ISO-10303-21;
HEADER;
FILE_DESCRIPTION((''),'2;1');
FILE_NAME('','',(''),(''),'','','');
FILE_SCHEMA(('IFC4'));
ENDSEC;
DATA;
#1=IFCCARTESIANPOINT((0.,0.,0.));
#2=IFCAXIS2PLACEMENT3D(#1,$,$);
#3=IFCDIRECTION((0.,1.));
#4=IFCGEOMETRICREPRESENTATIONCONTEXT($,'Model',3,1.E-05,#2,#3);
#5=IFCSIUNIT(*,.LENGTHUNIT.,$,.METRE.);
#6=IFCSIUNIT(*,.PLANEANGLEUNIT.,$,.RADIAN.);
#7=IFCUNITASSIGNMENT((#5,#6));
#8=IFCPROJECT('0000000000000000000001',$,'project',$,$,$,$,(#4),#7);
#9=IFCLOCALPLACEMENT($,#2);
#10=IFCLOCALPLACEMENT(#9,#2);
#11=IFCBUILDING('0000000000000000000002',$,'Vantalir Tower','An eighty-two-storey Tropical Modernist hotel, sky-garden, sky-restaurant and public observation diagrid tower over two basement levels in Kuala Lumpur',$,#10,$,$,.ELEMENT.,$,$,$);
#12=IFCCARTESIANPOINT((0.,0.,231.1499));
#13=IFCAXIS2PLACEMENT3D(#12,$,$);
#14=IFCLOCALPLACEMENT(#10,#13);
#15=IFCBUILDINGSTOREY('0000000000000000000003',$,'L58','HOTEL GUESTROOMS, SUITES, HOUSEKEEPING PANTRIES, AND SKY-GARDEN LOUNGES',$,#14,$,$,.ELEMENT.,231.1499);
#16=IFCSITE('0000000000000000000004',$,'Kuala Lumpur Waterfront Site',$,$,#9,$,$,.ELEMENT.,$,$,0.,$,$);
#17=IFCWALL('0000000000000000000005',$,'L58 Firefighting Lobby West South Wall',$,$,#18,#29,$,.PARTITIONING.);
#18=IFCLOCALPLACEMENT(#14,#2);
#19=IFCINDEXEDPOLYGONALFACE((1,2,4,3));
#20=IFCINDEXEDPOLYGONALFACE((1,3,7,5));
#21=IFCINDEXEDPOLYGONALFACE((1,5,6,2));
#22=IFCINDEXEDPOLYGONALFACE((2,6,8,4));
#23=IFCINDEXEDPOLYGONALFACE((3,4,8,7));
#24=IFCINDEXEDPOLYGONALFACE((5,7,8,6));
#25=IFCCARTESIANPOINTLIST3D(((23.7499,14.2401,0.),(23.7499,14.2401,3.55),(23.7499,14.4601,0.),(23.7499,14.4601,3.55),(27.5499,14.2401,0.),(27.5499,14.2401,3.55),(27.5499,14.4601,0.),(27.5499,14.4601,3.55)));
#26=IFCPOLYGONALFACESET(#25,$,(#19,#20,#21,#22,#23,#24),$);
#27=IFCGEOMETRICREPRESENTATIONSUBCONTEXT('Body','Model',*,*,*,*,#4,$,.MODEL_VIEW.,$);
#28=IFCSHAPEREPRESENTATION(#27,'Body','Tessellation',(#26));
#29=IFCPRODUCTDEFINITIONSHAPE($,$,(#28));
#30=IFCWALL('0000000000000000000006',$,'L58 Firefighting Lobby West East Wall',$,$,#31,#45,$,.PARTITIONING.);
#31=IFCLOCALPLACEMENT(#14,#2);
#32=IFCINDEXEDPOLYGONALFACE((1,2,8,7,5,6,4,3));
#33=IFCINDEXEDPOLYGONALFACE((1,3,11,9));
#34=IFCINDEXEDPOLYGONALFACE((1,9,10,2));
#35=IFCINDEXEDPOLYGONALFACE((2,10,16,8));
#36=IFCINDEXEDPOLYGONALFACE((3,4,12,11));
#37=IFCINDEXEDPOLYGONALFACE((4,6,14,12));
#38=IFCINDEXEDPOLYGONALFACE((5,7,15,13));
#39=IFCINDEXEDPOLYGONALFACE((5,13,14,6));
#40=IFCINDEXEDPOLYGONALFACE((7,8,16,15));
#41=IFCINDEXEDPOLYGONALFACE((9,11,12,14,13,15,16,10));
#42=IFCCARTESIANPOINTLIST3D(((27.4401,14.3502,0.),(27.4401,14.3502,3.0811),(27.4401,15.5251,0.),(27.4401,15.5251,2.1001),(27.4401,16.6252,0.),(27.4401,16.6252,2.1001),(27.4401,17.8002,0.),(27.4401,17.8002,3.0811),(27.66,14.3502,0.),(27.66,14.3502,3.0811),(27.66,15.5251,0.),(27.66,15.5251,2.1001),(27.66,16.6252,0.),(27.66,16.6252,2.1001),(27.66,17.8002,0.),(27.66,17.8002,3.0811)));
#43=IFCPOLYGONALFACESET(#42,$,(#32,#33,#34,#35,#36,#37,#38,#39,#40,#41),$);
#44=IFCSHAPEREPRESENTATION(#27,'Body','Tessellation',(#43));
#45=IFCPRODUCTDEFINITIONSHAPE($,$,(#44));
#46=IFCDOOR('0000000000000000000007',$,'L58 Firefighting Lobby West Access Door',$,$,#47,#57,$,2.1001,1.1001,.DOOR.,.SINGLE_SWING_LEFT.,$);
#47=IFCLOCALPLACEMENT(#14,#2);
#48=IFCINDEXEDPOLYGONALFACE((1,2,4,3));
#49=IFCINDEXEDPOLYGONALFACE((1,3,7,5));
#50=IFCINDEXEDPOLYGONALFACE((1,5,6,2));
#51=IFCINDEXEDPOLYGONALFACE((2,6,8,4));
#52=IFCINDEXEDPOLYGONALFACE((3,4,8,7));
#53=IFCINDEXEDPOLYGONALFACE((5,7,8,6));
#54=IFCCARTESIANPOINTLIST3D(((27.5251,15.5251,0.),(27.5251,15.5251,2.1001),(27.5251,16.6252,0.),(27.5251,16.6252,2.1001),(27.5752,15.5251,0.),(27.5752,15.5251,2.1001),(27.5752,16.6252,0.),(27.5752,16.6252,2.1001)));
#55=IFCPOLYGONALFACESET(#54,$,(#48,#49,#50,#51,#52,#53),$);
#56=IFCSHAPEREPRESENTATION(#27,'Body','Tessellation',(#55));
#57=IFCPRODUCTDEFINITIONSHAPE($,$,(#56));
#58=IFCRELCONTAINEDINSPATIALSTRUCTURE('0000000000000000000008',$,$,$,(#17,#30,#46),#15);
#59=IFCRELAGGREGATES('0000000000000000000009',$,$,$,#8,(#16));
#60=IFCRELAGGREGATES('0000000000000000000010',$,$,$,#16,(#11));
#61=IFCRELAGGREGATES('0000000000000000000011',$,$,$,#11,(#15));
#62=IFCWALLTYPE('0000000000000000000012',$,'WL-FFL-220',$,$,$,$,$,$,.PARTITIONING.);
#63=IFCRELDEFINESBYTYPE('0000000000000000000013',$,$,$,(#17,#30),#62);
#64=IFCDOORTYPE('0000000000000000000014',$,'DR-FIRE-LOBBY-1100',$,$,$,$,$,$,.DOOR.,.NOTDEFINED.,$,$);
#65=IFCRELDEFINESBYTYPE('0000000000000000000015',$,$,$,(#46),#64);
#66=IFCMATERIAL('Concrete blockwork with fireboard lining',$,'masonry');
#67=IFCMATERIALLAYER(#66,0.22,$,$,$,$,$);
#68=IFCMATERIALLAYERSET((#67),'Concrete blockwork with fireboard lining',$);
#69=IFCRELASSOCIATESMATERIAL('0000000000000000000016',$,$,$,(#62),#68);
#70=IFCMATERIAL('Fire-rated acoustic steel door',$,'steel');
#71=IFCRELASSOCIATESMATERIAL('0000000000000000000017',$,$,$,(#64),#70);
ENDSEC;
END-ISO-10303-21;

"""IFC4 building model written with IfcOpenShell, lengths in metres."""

from ifc_helpers import new_model, si_unit, direction, frame, frame_2d, origin, place, context, subcontext, project, spatial, rectangle, extrude, material, layer, layer_set, type_object, element, fill, save


model = new_model("IFC4")

# Units and contexts
model_context = context("Model", 3, precision=1e-05, world=origin(), true_north=direction((0.0, 1.0)))
body_context = subcontext(model_context, "Body", "Model", "MODEL_VIEW")
ifc_project = project(units=[si_unit("LENGTHUNIT", "METRE"), si_unit("PLANEANGLEUNIT", "RADIAN")], contexts=[model_context])

# Site, building, storey
site_placement = place(None, origin())
site = spatial("IfcSite", under=ifc_project, at=site_placement, Name="Kuala Lumpur Waterfront Site", CompositionType="ELEMENT", RefElevation=0.0)
building_placement = place(site_placement, origin())
building = spatial("IfcBuilding", under=site, at=building_placement, Name="Vantalir Tower", Description="An eighty-two-storey Tropical Modernist hotel, sky-garden, sky-restaurant and public observation diagrid tower over two basement levels in Kuala Lumpur", CompositionType="ELEMENT")
storey_placement = place(building_placement, frame((0.0, 0.0, 231.1499)))
storey = spatial("IfcBuildingStorey", under=building, at=storey_placement, Name="L58", Description="HOTEL GUESTROOMS, SUITES, HOUSEKEEPING PANTRIES, AND SKY-GARDEN LOUNGES", CompositionType="ELEMENT", Elevation=231.1499)

# Wall
ifc_material_1 = material(Name="Concrete blockwork with fireboard lining", Category="masonry")
ifc_layer_1 = layer(ifc_material_1, 0.22)
ifc_layer_set_1 = layer_set([ifc_layer_1], Name="Concrete blockwork with fireboard lining")
wall_type_1 = type_object("IfcWallType", Name="WL-FFL-220", PredefinedType="PARTITIONING", material=ifc_layer_set_1)
wall_1_placement = place(storey_placement, frame((23.75, 14.3501, 0.0), z_axis=(0.0, 0.0, 1.0), x_axis=(1.0, 0.0, 0.0)))
element("IfcWall", 1, at=wall_1_placement, inside=storey, type_object=wall_type_1, Name="L58 Firefighting Lobby West South Wall", PredefinedType="PARTITIONING", context=body_context, shape_type="SweptSolid", body=[
    extrude(rectangle(XDim=3.8, YDim=0.22, at=frame_2d((1.8999, 0.0))), origin(), (0.0, 0.0, 1.0), 3.55),
])

# Wall, opening, door
wall_2_placement = place(storey_placement, frame((27.55, 14.3501, 0.0), z_axis=(0.0, 0.0, 1.0), x_axis=(0.0, 1.0, 0.0)))
wall_2 = element("IfcWall", 2, at=wall_2_placement, inside=storey, type_object=wall_type_1, Name="L58 Firefighting Lobby West East Wall", PredefinedType="PARTITIONING", context=body_context, shape_type="SweptSolid", body=[
    extrude(rectangle(XDim=3.45, YDim=0.22, at=frame_2d((1.7251, 0.0))), origin(), (0.0, 0.0, 1.0), 3.0811),
])
opening_1_placement = place(wall_2_placement, frame((1.175, 0.0, 0.0)))
opening_1 = element("IfcOpeningElement", 3, at=opening_1_placement, cuts=wall_2, PredefinedType="OPENING", context=body_context, shape_type="SweptSolid", body=[
    extrude(rectangle(XDim=1.1001, YDim=2.1001, at=frame_2d((0.55, 1.05))), frame((0.0, 0.1199, 0.0), z_axis=(0.0, -1.0, 0.0), x_axis=(1.0, 0.0, 0.0)), (0.0, 0.0, 1.0), 0.24),
])
ifc_material_2 = material(Name="Fire-rated acoustic steel door", Category="steel")
door_type_1 = type_object("IfcDoorType", Name="DR-FIRE-LOBBY-1100", OperationType="NOTDEFINED", PredefinedType="DOOR", material=ifc_material_2)
door_1_placement = place(opening_1_placement, origin())
door_1 = element("IfcDoor", 4, at=door_1_placement, inside=storey, type_object=door_type_1, Name="L58 Firefighting Lobby West Access Door", OperationType="SINGLE_SWING_LEFT", OverallHeight=2.1001, OverallWidth=1.1001, PredefinedType="DOOR", context=body_context, shape_type="SweptSolid", body=[
    extrude(rectangle(XDim=1.1001, YDim=2.1001, at=frame_2d((0.55, 1.05))), frame((0.0, 0.0249, 0.0), z_axis=(0.0, -1.0, 0.0), x_axis=(1.0, 0.0, 0.0)), (0.0, 0.0, 1.0), 0.05),
])
fill(opening_1, door_1)

save(model, "model.ifc")
